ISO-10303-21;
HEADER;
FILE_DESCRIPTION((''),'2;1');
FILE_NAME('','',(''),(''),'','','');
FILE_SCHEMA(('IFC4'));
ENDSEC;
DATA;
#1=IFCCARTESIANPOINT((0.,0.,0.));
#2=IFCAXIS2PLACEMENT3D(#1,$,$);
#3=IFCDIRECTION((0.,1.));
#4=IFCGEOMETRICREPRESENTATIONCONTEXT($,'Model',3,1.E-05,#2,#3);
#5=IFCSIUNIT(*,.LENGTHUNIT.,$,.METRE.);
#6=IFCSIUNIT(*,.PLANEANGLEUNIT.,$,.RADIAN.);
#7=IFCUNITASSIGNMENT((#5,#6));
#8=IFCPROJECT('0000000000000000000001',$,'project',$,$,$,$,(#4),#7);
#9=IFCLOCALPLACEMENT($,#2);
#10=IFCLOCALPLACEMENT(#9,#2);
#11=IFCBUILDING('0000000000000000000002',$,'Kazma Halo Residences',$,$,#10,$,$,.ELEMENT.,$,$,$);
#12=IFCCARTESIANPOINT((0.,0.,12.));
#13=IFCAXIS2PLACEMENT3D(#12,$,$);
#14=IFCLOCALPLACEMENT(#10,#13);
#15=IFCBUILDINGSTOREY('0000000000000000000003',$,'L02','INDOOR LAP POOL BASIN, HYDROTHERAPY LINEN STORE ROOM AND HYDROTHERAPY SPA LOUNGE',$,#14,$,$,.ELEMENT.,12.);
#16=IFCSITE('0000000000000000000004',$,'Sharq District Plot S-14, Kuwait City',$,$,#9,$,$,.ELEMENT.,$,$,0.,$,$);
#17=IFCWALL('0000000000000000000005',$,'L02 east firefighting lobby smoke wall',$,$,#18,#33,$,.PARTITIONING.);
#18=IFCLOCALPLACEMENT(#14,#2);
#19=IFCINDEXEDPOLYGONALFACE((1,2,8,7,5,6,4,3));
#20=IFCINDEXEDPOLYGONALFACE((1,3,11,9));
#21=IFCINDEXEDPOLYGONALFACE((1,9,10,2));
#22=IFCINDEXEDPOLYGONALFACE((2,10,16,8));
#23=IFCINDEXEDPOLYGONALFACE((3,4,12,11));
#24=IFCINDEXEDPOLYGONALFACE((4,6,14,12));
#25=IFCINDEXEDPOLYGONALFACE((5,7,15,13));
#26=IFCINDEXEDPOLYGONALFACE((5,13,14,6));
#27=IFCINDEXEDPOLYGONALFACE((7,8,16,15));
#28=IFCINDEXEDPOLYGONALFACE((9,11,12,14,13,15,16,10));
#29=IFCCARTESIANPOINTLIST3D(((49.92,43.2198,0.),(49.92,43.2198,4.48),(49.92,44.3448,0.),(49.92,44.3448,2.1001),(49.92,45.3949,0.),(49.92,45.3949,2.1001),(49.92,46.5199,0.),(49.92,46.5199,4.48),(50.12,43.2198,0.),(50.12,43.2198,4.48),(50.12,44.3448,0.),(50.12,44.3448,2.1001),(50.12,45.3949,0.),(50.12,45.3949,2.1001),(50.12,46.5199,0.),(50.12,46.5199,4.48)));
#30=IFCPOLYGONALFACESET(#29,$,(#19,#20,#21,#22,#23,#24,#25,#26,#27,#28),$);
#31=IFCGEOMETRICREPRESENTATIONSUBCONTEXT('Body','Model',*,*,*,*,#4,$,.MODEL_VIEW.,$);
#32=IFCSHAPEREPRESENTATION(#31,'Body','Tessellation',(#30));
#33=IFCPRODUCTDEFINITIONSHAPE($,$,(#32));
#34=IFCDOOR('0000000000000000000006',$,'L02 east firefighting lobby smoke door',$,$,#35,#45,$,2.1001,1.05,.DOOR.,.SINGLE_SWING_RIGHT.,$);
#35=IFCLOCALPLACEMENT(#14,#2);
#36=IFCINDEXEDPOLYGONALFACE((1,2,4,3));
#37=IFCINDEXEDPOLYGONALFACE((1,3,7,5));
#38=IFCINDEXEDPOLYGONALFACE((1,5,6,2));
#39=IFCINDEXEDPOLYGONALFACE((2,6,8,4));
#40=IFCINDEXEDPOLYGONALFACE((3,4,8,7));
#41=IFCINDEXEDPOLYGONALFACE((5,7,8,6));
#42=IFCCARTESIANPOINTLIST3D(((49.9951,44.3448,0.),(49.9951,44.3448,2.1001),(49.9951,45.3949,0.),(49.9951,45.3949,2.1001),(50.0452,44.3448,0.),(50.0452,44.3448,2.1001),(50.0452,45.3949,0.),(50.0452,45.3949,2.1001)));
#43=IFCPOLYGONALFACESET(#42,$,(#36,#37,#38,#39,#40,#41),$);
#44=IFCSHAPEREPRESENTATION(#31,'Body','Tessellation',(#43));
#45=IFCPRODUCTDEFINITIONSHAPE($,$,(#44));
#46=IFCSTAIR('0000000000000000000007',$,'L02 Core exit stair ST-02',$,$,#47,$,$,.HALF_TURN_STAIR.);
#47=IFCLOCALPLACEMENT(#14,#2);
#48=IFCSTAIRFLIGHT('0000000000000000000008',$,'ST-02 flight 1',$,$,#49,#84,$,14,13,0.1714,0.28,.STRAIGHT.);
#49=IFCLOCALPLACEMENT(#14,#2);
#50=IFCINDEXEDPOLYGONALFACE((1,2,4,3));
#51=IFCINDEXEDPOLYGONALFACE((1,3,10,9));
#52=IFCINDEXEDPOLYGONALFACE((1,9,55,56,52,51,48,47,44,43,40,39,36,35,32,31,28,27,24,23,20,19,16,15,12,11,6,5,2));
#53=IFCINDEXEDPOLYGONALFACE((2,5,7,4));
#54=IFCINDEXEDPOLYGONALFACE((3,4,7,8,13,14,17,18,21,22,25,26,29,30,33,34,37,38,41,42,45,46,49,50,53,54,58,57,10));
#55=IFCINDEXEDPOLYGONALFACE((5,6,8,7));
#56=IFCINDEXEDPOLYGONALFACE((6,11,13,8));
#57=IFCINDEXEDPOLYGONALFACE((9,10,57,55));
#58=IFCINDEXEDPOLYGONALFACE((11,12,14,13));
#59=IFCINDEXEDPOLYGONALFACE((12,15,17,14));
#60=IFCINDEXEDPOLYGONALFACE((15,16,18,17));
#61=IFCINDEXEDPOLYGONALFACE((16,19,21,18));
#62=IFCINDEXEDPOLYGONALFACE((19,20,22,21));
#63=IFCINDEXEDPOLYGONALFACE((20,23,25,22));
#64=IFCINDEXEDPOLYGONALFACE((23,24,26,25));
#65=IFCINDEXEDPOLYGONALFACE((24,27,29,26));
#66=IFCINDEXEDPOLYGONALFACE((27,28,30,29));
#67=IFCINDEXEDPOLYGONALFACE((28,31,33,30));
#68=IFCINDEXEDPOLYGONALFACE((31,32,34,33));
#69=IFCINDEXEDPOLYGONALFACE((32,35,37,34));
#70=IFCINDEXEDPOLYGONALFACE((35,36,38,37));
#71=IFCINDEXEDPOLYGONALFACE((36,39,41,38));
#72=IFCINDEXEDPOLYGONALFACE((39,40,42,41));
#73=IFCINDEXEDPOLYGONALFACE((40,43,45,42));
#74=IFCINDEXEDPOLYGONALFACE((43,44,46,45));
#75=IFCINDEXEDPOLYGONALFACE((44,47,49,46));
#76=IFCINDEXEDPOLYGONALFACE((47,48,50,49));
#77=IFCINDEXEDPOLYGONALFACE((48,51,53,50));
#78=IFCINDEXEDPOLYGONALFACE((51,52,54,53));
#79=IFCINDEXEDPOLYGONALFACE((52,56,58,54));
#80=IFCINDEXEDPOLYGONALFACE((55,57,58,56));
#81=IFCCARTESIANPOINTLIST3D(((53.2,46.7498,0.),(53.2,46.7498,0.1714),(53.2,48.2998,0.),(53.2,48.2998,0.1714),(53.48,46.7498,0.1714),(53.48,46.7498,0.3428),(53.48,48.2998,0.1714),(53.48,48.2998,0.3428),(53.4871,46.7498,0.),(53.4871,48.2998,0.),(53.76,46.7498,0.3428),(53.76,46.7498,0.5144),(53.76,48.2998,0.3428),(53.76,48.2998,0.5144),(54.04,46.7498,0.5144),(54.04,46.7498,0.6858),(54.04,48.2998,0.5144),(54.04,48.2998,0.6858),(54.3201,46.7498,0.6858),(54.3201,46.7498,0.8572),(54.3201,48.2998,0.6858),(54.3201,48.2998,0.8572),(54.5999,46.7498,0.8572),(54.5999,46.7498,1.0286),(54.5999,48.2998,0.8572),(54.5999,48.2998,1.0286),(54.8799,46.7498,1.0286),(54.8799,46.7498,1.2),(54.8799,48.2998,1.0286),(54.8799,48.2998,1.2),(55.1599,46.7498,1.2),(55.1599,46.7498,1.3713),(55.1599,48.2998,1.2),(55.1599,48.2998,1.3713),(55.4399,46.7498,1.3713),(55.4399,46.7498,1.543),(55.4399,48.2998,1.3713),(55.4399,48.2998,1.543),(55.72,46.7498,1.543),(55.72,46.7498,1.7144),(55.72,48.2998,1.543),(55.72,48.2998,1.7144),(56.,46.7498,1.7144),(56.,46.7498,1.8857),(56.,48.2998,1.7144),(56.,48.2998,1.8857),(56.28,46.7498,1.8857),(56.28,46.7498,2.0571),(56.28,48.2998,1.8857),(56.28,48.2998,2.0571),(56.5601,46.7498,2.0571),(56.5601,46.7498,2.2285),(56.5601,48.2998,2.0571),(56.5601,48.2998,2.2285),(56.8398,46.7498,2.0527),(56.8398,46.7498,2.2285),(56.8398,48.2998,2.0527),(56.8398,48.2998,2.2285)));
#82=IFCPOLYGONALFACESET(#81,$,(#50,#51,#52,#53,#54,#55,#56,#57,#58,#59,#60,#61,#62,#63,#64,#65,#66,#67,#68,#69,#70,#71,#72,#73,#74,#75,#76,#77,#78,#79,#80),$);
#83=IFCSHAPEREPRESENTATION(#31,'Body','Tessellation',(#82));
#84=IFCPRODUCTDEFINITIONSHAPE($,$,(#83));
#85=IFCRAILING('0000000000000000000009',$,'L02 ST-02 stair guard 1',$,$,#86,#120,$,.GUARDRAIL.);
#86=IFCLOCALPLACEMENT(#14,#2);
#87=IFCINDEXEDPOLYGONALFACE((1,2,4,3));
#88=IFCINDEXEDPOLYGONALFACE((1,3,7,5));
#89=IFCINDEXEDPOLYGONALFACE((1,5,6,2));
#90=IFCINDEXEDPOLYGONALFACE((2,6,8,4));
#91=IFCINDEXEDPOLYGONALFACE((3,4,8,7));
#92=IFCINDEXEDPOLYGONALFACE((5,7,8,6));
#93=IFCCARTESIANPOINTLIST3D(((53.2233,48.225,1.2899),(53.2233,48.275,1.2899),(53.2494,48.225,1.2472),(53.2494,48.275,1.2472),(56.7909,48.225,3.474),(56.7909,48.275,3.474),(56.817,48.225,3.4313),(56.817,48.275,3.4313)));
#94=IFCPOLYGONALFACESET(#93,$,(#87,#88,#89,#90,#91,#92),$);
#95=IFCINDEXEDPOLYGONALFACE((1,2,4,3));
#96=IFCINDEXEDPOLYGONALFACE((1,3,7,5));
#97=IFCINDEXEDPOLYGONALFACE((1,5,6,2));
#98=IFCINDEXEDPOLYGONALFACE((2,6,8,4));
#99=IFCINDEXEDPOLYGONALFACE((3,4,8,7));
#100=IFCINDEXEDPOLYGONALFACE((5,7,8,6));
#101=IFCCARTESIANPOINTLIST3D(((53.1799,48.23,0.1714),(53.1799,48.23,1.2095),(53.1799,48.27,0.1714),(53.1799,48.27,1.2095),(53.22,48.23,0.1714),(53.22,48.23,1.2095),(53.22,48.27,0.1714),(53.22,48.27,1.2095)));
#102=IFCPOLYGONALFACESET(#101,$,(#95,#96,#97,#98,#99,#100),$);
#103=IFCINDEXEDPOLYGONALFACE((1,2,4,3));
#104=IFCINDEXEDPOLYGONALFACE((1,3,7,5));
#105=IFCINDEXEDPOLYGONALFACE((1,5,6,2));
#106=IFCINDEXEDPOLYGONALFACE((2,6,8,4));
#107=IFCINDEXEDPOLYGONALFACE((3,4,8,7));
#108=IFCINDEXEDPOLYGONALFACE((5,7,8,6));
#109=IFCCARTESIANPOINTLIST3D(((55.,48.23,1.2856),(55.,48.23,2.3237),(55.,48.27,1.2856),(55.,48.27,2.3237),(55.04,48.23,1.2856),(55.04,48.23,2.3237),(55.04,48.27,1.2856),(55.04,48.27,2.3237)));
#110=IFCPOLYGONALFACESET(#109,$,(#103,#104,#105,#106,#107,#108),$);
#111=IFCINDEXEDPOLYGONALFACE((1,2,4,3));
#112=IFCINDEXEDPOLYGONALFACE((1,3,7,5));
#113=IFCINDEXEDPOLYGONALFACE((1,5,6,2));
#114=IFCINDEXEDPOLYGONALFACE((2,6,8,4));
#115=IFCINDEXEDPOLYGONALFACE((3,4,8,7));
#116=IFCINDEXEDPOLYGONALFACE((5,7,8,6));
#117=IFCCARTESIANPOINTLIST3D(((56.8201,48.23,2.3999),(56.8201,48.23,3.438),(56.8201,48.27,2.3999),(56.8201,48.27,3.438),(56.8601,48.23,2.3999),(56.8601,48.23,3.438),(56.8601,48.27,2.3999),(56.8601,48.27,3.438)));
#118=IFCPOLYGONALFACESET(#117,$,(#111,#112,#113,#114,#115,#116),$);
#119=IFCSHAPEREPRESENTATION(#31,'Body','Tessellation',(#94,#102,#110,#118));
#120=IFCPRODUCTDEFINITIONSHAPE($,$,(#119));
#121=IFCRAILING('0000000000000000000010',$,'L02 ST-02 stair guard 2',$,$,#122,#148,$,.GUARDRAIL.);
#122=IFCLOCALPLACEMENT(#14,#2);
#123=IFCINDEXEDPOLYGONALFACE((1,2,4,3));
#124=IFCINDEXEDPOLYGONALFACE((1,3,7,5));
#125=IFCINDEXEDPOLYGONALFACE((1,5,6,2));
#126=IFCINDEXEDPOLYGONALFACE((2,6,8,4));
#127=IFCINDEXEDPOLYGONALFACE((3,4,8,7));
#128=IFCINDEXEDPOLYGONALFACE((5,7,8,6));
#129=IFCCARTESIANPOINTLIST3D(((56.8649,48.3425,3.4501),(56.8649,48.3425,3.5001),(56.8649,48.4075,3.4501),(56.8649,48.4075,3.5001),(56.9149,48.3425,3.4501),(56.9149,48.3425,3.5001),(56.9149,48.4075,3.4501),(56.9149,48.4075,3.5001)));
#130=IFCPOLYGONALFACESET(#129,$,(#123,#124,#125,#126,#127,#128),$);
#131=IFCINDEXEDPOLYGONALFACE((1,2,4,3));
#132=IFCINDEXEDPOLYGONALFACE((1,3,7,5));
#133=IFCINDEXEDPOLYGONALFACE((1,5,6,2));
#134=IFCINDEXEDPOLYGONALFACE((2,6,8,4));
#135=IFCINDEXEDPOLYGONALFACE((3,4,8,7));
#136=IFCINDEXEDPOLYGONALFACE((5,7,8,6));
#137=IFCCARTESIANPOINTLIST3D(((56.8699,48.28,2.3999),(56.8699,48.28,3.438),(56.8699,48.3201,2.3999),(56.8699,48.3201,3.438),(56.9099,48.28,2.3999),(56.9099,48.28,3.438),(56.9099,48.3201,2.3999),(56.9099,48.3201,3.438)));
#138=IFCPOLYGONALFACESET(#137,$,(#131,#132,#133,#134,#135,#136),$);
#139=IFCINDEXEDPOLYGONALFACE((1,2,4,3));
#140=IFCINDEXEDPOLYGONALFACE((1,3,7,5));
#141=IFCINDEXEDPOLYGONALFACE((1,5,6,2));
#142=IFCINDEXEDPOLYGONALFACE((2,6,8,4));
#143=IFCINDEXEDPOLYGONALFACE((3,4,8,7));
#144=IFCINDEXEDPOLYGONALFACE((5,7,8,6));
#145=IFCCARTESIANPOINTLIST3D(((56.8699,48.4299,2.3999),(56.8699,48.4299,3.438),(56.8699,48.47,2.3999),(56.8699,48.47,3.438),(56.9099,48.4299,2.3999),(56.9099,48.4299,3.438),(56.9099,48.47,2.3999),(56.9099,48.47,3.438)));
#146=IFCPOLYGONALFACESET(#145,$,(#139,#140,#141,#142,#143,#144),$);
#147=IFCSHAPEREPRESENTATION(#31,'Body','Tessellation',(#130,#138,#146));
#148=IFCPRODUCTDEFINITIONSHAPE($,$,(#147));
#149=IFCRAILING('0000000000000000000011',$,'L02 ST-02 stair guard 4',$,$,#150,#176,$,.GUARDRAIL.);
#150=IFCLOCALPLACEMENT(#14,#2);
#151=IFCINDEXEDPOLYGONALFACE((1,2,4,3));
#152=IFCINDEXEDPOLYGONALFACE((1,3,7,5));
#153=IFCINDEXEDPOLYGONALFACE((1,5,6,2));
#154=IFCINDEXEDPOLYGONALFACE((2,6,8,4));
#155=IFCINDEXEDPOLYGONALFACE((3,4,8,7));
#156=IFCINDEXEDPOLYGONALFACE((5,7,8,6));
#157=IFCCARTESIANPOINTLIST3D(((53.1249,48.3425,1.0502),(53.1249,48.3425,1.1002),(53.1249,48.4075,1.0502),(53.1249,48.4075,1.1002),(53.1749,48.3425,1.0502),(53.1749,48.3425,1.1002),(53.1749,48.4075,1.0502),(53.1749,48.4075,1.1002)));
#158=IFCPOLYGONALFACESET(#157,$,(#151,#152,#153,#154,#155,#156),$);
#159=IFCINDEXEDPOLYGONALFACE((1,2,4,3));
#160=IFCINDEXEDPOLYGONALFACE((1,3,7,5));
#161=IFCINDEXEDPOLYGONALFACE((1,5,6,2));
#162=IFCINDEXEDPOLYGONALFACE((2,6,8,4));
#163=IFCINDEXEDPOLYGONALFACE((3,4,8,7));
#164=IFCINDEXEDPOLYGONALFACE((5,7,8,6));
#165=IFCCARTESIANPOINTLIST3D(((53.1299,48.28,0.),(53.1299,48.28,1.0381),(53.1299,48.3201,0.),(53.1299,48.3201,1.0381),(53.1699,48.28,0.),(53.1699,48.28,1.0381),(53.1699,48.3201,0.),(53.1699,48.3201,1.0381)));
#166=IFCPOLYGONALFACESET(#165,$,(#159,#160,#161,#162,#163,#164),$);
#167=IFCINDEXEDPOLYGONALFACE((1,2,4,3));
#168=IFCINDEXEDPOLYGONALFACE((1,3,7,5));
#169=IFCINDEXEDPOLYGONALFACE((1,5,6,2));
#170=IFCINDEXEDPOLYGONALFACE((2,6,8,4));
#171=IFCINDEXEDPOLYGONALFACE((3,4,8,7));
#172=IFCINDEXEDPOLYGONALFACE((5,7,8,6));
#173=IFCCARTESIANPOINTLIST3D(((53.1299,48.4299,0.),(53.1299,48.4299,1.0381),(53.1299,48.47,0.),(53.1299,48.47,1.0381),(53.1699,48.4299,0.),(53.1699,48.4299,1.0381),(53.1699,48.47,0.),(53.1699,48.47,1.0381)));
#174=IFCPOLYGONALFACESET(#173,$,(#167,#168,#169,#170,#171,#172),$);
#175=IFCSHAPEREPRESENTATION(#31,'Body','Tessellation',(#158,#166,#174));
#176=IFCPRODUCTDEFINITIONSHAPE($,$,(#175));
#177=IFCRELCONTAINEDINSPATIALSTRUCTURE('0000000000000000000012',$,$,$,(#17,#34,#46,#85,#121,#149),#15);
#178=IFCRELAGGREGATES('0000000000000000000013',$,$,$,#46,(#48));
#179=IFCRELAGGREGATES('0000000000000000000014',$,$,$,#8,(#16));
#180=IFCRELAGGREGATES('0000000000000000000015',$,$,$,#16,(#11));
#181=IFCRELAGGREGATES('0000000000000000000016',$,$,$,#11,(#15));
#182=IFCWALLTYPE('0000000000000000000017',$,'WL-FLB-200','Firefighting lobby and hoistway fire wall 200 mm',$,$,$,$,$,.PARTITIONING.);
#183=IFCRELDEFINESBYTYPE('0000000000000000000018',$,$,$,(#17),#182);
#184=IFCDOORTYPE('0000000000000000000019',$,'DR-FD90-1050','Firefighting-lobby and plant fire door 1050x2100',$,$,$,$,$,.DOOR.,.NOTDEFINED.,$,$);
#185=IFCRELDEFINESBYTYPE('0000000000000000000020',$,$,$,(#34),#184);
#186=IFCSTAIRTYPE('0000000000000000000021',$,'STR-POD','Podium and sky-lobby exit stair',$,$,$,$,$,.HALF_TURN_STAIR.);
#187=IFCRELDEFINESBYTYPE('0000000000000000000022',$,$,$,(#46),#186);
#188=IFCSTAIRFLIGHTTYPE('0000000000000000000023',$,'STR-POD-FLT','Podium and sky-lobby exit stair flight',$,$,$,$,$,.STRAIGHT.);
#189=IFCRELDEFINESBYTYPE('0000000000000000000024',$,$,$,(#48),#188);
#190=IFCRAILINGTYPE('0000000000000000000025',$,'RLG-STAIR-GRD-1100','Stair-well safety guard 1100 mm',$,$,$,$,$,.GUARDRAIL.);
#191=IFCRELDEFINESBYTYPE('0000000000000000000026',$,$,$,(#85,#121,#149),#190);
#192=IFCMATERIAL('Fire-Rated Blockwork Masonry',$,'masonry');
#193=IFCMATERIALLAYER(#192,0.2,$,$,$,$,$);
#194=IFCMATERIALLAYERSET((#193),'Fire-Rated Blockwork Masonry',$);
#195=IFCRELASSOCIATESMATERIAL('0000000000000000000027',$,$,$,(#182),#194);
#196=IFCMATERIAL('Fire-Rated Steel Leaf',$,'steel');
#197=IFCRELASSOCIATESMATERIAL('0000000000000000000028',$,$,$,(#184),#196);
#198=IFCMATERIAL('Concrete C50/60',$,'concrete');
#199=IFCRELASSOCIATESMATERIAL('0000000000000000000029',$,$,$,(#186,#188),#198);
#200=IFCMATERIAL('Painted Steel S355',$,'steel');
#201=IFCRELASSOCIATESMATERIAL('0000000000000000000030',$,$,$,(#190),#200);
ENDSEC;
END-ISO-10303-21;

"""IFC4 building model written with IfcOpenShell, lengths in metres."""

from ifc_helpers import new_model, si_unit, direction, frame, frame_2d, origin, origin_2d, place, context, subcontext, project, spatial, polyline, rectangle, outline, extrude, material, layer, layer_set, type_object, element, fill, aggregate, save


model = new_model("IFC4")

# Units and contexts
model_context = context("Model", 3, precision=1e-05, world=origin(), true_north=direction((0.0, 1.0)))
body_context = subcontext(model_context, "Body", "Model", "MODEL_VIEW")
ifc_project = project(units=[si_unit("LENGTHUNIT", "METRE"), si_unit("PLANEANGLEUNIT", "RADIAN")], contexts=[model_context])

# Site, building, storey
site_placement = place(None, origin())
site = spatial("IfcSite", under=ifc_project, at=site_placement, Name="Sharq District Plot S-14, Kuwait City", CompositionType="ELEMENT", RefElevation=0.0)
building_placement = place(site_placement, origin())
building = spatial("IfcBuilding", under=site, at=building_placement, Name="Kazma Halo Residences", CompositionType="ELEMENT")
storey_placement = place(building_placement, frame((0.0, 0.0, 12.0)))
storey = spatial("IfcBuildingStorey", under=building, at=storey_placement, Name="L02", Description="INDOOR LAP POOL BASIN, HYDROTHERAPY LINEN STORE ROOM AND HYDROTHERAPY SPA LOUNGE", CompositionType="ELEMENT", Elevation=12.0)

# Shared definitions
ifc_material_1 = material(Name="Fire-Rated Blockwork Masonry", Category="masonry")
ifc_layer_1 = layer(ifc_material_1, 0.2)
ifc_layer_set_1 = layer_set([ifc_layer_1], Name="Fire-Rated Blockwork Masonry")
wall_type_1 = type_object("IfcWallType", Name="WL-FLB-200", Description="Firefighting lobby and hoistway fire wall 200 mm", PredefinedType="PARTITIONING", material=ifc_layer_set_1)

# Wall, opening, door
wall_1_placement = place(storey_placement, frame((50.02, 43.22, 0.0), z_axis=(0.0, 0.0, 1.0), x_axis=(0.0, 1.0, 0.0)))
wall_1 = element("IfcWall", 1, at=wall_1_placement, inside=storey, type_object=wall_type_1, Name="L02 east firefighting lobby smoke wall", PredefinedType="PARTITIONING", context=body_context, shape_type="SweptSolid", body=[
    extrude(rectangle(XDim=3.3, YDim=0.2, at=frame_2d((1.6499, 0.0))), origin(), (0.0, 0.0, 1.0), 4.48),
])
opening_1_placement = place(wall_1_placement, frame((1.125, 0.0, 0.0)))
opening_1 = element("IfcOpeningElement", 2, at=opening_1_placement, cuts=wall_1, PredefinedType="OPENING", context=body_context, shape_type="SweptSolid", body=[
    extrude(rectangle(XDim=1.05, YDim=2.1001, at=frame_2d((0.5249, 1.05))), frame((0.0, 0.1099, 0.0), z_axis=(0.0, -1.0, 0.0), x_axis=(1.0, 0.0, 0.0)), (0.0, 0.0, 1.0), 0.22),
])
ifc_material_2 = material(Name="Fire-Rated Steel Leaf", Category="steel")
door_type_1 = type_object("IfcDoorType", Name="DR-FD90-1050", Description="Firefighting-lobby and plant fire door 1050x2100", OperationType="NOTDEFINED", PredefinedType="DOOR", material=ifc_material_2)
door_1_placement = place(opening_1_placement, origin())
door_1 = element("IfcDoor", 3, at=door_1_placement, inside=storey, type_object=door_type_1, Name="L02 east firefighting lobby smoke door", OperationType="SINGLE_SWING_RIGHT", OverallHeight=2.1001, OverallWidth=1.05, PredefinedType="DOOR", context=body_context, shape_type="SweptSolid", body=[
    extrude(rectangle(XDim=1.05, YDim=2.1001, at=frame_2d((0.5249, 1.05))), frame((0.0, 0.0249, 0.0), z_axis=(0.0, -1.0, 0.0), x_axis=(1.0, 0.0, 0.0)), (0.0, 0.0, 1.0), 0.05),
])
fill(opening_1, door_1)
ifc_material_3 = material(Name="Concrete C50/60", Category="concrete")

# Stair, stair flight
stair_type = type_object("IfcStairType", Name="STR-POD", Description="Podium and sky-lobby exit stair", PredefinedType="HALF_TURN_STAIR", material=ifc_material_3)
stair_placement = place(storey_placement, origin())
stair = element("IfcStair", 4, at=stair_placement, inside=storey, type_object=stair_type, Name="L02 Core exit stair ST-02", PredefinedType="HALF_TURN_STAIR")
stair_flight_type = type_object("IfcStairFlightType", Name="STR-POD-FLT", Description="Podium and sky-lobby exit stair flight", PredefinedType="STRAIGHT", material=ifc_material_3)
stair_flight_placement = place(storey_placement, frame((53.2, 47.5249, 0.0), z_axis=(0.0, 0.0, 1.0), x_axis=(1.0, 0.0, 0.0)))
stair_flight = element("IfcStairFlight", 5, at=stair_flight_placement, type_object=stair_flight_type, Name="ST-02 flight 1", NumberOfRisers=14, NumberOfTreads=13, PredefinedType="STRAIGHT", RiserHeight=0.1714, TreadLength=0.28, context=body_context, shape_type="SweptSolid", body=[
    extrude(outline(polyline([(0.0, 0.0), (0.0, 0.1714), (0.28, 0.1714), (0.28, 0.3428), (0.5601, 0.3428), (0.5601, 0.5144), (0.8401, 0.5144), (0.8401, 0.6858), (1.1201, 0.6858), (1.1201, 0.8572), (1.3999, 0.8572), (1.3999, 1.0286), (1.6799, 1.0286), (1.6799, 1.2), (1.96, 1.2), (1.96, 1.3713), (2.24, 1.3713), (2.24, 1.543), (2.52, 1.543), (2.52, 1.7144), (2.8, 1.7144), (2.8, 1.8857), (3.0801, 1.8857), (3.0801, 2.0571), (3.3601, 2.0571), (3.3601, 2.2285), (3.6399, 2.2285), (3.6399, 2.3999), (3.6399, 2.0527), (0.2871, 0.0), (0.0, 0.0)])), frame((0.0, 0.7749, 0.0), z_axis=(0.0, -1.0, 0.0), x_axis=(1.0, 0.0, 0.0)), (0.0, 0.0, 1.0), 1.55),
])
aggregate(stair, [stair_flight])

# Railings
ifc_material_4 = material(Name="Painted Steel S355", Category="steel")
railing_type_1 = type_object("IfcRailingType", Name="RLG-STAIR-GRD-1100", Description="Stair-well safety guard 1100 mm", PredefinedType="GUARDRAIL", material=ifc_material_4)
railing_1_placement = place(storey_placement, frame((53.2, 48.25, 0.1714)))
element("IfcRailing", 6, at=railing_1_placement, inside=storey, type_object=railing_type_1, Name="L02 ST-02 stair guard 1", PredefinedType="GUARDRAIL", context=body_context, shape_type="SweptSolid", body=[
    extrude(rectangle(XDim=0.05, YDim=0.05, at=origin_2d()), frame((0.0364, 0.0, 1.0972), z_axis=(0.852866, 0.0, 0.52213), x_axis=(0.0, 1.0, 0.0)), (0.0, 0.0, 1.0), 4.1831),
    extrude(rectangle(XDim=0.04, YDim=0.04, at=origin_2d()), origin(), (0.0, 0.0, 1.0), 1.0381),
    extrude(rectangle(XDim=0.04, YDim=0.04, at=origin_2d()), frame((1.8201, 0.0, 1.1143)), (0.0, 0.0, 1.0), 1.0381),
    extrude(rectangle(XDim=0.04, YDim=0.04, at=origin_2d()), frame((3.6401, 0.0, 2.2285)), (0.0, 0.0, 1.0), 1.0381),
])
for number, where, name in (
    (7, (56.8899, 48.3, 2.3999), "L02 ST-02 stair guard 2"),
    (8, (53.1499, 48.3, 0.0), "L02 ST-02 stair guard 4"),
):
    element("IfcRailing", number, at=place(storey_placement, frame(where)), inside=storey, type_object=railing_type_1, Name=name, PredefinedType="GUARDRAIL", context=body_context, shape_type="SweptSolid", body=[
        extrude(rectangle(XDim=0.05, YDim=0.05, at=origin_2d()), frame((0.0, 0.0425, 1.0752), z_axis=(0.0, 1.0, 0.0), x_axis=(-1.0, 0.0, 0.0)), (0.0, 0.0, 1.0), 0.0649),
        extrude(rectangle(XDim=0.04, YDim=0.04, at=origin_2d()), origin(), (0.0, 0.0, 1.0), 1.0381),
        extrude(rectangle(XDim=0.04, YDim=0.04, at=origin_2d()), frame((0.0, 0.1499, 0.0)), (0.0, 0.0, 1.0), 1.0381),
    ])

save(model, "model.ifc")
